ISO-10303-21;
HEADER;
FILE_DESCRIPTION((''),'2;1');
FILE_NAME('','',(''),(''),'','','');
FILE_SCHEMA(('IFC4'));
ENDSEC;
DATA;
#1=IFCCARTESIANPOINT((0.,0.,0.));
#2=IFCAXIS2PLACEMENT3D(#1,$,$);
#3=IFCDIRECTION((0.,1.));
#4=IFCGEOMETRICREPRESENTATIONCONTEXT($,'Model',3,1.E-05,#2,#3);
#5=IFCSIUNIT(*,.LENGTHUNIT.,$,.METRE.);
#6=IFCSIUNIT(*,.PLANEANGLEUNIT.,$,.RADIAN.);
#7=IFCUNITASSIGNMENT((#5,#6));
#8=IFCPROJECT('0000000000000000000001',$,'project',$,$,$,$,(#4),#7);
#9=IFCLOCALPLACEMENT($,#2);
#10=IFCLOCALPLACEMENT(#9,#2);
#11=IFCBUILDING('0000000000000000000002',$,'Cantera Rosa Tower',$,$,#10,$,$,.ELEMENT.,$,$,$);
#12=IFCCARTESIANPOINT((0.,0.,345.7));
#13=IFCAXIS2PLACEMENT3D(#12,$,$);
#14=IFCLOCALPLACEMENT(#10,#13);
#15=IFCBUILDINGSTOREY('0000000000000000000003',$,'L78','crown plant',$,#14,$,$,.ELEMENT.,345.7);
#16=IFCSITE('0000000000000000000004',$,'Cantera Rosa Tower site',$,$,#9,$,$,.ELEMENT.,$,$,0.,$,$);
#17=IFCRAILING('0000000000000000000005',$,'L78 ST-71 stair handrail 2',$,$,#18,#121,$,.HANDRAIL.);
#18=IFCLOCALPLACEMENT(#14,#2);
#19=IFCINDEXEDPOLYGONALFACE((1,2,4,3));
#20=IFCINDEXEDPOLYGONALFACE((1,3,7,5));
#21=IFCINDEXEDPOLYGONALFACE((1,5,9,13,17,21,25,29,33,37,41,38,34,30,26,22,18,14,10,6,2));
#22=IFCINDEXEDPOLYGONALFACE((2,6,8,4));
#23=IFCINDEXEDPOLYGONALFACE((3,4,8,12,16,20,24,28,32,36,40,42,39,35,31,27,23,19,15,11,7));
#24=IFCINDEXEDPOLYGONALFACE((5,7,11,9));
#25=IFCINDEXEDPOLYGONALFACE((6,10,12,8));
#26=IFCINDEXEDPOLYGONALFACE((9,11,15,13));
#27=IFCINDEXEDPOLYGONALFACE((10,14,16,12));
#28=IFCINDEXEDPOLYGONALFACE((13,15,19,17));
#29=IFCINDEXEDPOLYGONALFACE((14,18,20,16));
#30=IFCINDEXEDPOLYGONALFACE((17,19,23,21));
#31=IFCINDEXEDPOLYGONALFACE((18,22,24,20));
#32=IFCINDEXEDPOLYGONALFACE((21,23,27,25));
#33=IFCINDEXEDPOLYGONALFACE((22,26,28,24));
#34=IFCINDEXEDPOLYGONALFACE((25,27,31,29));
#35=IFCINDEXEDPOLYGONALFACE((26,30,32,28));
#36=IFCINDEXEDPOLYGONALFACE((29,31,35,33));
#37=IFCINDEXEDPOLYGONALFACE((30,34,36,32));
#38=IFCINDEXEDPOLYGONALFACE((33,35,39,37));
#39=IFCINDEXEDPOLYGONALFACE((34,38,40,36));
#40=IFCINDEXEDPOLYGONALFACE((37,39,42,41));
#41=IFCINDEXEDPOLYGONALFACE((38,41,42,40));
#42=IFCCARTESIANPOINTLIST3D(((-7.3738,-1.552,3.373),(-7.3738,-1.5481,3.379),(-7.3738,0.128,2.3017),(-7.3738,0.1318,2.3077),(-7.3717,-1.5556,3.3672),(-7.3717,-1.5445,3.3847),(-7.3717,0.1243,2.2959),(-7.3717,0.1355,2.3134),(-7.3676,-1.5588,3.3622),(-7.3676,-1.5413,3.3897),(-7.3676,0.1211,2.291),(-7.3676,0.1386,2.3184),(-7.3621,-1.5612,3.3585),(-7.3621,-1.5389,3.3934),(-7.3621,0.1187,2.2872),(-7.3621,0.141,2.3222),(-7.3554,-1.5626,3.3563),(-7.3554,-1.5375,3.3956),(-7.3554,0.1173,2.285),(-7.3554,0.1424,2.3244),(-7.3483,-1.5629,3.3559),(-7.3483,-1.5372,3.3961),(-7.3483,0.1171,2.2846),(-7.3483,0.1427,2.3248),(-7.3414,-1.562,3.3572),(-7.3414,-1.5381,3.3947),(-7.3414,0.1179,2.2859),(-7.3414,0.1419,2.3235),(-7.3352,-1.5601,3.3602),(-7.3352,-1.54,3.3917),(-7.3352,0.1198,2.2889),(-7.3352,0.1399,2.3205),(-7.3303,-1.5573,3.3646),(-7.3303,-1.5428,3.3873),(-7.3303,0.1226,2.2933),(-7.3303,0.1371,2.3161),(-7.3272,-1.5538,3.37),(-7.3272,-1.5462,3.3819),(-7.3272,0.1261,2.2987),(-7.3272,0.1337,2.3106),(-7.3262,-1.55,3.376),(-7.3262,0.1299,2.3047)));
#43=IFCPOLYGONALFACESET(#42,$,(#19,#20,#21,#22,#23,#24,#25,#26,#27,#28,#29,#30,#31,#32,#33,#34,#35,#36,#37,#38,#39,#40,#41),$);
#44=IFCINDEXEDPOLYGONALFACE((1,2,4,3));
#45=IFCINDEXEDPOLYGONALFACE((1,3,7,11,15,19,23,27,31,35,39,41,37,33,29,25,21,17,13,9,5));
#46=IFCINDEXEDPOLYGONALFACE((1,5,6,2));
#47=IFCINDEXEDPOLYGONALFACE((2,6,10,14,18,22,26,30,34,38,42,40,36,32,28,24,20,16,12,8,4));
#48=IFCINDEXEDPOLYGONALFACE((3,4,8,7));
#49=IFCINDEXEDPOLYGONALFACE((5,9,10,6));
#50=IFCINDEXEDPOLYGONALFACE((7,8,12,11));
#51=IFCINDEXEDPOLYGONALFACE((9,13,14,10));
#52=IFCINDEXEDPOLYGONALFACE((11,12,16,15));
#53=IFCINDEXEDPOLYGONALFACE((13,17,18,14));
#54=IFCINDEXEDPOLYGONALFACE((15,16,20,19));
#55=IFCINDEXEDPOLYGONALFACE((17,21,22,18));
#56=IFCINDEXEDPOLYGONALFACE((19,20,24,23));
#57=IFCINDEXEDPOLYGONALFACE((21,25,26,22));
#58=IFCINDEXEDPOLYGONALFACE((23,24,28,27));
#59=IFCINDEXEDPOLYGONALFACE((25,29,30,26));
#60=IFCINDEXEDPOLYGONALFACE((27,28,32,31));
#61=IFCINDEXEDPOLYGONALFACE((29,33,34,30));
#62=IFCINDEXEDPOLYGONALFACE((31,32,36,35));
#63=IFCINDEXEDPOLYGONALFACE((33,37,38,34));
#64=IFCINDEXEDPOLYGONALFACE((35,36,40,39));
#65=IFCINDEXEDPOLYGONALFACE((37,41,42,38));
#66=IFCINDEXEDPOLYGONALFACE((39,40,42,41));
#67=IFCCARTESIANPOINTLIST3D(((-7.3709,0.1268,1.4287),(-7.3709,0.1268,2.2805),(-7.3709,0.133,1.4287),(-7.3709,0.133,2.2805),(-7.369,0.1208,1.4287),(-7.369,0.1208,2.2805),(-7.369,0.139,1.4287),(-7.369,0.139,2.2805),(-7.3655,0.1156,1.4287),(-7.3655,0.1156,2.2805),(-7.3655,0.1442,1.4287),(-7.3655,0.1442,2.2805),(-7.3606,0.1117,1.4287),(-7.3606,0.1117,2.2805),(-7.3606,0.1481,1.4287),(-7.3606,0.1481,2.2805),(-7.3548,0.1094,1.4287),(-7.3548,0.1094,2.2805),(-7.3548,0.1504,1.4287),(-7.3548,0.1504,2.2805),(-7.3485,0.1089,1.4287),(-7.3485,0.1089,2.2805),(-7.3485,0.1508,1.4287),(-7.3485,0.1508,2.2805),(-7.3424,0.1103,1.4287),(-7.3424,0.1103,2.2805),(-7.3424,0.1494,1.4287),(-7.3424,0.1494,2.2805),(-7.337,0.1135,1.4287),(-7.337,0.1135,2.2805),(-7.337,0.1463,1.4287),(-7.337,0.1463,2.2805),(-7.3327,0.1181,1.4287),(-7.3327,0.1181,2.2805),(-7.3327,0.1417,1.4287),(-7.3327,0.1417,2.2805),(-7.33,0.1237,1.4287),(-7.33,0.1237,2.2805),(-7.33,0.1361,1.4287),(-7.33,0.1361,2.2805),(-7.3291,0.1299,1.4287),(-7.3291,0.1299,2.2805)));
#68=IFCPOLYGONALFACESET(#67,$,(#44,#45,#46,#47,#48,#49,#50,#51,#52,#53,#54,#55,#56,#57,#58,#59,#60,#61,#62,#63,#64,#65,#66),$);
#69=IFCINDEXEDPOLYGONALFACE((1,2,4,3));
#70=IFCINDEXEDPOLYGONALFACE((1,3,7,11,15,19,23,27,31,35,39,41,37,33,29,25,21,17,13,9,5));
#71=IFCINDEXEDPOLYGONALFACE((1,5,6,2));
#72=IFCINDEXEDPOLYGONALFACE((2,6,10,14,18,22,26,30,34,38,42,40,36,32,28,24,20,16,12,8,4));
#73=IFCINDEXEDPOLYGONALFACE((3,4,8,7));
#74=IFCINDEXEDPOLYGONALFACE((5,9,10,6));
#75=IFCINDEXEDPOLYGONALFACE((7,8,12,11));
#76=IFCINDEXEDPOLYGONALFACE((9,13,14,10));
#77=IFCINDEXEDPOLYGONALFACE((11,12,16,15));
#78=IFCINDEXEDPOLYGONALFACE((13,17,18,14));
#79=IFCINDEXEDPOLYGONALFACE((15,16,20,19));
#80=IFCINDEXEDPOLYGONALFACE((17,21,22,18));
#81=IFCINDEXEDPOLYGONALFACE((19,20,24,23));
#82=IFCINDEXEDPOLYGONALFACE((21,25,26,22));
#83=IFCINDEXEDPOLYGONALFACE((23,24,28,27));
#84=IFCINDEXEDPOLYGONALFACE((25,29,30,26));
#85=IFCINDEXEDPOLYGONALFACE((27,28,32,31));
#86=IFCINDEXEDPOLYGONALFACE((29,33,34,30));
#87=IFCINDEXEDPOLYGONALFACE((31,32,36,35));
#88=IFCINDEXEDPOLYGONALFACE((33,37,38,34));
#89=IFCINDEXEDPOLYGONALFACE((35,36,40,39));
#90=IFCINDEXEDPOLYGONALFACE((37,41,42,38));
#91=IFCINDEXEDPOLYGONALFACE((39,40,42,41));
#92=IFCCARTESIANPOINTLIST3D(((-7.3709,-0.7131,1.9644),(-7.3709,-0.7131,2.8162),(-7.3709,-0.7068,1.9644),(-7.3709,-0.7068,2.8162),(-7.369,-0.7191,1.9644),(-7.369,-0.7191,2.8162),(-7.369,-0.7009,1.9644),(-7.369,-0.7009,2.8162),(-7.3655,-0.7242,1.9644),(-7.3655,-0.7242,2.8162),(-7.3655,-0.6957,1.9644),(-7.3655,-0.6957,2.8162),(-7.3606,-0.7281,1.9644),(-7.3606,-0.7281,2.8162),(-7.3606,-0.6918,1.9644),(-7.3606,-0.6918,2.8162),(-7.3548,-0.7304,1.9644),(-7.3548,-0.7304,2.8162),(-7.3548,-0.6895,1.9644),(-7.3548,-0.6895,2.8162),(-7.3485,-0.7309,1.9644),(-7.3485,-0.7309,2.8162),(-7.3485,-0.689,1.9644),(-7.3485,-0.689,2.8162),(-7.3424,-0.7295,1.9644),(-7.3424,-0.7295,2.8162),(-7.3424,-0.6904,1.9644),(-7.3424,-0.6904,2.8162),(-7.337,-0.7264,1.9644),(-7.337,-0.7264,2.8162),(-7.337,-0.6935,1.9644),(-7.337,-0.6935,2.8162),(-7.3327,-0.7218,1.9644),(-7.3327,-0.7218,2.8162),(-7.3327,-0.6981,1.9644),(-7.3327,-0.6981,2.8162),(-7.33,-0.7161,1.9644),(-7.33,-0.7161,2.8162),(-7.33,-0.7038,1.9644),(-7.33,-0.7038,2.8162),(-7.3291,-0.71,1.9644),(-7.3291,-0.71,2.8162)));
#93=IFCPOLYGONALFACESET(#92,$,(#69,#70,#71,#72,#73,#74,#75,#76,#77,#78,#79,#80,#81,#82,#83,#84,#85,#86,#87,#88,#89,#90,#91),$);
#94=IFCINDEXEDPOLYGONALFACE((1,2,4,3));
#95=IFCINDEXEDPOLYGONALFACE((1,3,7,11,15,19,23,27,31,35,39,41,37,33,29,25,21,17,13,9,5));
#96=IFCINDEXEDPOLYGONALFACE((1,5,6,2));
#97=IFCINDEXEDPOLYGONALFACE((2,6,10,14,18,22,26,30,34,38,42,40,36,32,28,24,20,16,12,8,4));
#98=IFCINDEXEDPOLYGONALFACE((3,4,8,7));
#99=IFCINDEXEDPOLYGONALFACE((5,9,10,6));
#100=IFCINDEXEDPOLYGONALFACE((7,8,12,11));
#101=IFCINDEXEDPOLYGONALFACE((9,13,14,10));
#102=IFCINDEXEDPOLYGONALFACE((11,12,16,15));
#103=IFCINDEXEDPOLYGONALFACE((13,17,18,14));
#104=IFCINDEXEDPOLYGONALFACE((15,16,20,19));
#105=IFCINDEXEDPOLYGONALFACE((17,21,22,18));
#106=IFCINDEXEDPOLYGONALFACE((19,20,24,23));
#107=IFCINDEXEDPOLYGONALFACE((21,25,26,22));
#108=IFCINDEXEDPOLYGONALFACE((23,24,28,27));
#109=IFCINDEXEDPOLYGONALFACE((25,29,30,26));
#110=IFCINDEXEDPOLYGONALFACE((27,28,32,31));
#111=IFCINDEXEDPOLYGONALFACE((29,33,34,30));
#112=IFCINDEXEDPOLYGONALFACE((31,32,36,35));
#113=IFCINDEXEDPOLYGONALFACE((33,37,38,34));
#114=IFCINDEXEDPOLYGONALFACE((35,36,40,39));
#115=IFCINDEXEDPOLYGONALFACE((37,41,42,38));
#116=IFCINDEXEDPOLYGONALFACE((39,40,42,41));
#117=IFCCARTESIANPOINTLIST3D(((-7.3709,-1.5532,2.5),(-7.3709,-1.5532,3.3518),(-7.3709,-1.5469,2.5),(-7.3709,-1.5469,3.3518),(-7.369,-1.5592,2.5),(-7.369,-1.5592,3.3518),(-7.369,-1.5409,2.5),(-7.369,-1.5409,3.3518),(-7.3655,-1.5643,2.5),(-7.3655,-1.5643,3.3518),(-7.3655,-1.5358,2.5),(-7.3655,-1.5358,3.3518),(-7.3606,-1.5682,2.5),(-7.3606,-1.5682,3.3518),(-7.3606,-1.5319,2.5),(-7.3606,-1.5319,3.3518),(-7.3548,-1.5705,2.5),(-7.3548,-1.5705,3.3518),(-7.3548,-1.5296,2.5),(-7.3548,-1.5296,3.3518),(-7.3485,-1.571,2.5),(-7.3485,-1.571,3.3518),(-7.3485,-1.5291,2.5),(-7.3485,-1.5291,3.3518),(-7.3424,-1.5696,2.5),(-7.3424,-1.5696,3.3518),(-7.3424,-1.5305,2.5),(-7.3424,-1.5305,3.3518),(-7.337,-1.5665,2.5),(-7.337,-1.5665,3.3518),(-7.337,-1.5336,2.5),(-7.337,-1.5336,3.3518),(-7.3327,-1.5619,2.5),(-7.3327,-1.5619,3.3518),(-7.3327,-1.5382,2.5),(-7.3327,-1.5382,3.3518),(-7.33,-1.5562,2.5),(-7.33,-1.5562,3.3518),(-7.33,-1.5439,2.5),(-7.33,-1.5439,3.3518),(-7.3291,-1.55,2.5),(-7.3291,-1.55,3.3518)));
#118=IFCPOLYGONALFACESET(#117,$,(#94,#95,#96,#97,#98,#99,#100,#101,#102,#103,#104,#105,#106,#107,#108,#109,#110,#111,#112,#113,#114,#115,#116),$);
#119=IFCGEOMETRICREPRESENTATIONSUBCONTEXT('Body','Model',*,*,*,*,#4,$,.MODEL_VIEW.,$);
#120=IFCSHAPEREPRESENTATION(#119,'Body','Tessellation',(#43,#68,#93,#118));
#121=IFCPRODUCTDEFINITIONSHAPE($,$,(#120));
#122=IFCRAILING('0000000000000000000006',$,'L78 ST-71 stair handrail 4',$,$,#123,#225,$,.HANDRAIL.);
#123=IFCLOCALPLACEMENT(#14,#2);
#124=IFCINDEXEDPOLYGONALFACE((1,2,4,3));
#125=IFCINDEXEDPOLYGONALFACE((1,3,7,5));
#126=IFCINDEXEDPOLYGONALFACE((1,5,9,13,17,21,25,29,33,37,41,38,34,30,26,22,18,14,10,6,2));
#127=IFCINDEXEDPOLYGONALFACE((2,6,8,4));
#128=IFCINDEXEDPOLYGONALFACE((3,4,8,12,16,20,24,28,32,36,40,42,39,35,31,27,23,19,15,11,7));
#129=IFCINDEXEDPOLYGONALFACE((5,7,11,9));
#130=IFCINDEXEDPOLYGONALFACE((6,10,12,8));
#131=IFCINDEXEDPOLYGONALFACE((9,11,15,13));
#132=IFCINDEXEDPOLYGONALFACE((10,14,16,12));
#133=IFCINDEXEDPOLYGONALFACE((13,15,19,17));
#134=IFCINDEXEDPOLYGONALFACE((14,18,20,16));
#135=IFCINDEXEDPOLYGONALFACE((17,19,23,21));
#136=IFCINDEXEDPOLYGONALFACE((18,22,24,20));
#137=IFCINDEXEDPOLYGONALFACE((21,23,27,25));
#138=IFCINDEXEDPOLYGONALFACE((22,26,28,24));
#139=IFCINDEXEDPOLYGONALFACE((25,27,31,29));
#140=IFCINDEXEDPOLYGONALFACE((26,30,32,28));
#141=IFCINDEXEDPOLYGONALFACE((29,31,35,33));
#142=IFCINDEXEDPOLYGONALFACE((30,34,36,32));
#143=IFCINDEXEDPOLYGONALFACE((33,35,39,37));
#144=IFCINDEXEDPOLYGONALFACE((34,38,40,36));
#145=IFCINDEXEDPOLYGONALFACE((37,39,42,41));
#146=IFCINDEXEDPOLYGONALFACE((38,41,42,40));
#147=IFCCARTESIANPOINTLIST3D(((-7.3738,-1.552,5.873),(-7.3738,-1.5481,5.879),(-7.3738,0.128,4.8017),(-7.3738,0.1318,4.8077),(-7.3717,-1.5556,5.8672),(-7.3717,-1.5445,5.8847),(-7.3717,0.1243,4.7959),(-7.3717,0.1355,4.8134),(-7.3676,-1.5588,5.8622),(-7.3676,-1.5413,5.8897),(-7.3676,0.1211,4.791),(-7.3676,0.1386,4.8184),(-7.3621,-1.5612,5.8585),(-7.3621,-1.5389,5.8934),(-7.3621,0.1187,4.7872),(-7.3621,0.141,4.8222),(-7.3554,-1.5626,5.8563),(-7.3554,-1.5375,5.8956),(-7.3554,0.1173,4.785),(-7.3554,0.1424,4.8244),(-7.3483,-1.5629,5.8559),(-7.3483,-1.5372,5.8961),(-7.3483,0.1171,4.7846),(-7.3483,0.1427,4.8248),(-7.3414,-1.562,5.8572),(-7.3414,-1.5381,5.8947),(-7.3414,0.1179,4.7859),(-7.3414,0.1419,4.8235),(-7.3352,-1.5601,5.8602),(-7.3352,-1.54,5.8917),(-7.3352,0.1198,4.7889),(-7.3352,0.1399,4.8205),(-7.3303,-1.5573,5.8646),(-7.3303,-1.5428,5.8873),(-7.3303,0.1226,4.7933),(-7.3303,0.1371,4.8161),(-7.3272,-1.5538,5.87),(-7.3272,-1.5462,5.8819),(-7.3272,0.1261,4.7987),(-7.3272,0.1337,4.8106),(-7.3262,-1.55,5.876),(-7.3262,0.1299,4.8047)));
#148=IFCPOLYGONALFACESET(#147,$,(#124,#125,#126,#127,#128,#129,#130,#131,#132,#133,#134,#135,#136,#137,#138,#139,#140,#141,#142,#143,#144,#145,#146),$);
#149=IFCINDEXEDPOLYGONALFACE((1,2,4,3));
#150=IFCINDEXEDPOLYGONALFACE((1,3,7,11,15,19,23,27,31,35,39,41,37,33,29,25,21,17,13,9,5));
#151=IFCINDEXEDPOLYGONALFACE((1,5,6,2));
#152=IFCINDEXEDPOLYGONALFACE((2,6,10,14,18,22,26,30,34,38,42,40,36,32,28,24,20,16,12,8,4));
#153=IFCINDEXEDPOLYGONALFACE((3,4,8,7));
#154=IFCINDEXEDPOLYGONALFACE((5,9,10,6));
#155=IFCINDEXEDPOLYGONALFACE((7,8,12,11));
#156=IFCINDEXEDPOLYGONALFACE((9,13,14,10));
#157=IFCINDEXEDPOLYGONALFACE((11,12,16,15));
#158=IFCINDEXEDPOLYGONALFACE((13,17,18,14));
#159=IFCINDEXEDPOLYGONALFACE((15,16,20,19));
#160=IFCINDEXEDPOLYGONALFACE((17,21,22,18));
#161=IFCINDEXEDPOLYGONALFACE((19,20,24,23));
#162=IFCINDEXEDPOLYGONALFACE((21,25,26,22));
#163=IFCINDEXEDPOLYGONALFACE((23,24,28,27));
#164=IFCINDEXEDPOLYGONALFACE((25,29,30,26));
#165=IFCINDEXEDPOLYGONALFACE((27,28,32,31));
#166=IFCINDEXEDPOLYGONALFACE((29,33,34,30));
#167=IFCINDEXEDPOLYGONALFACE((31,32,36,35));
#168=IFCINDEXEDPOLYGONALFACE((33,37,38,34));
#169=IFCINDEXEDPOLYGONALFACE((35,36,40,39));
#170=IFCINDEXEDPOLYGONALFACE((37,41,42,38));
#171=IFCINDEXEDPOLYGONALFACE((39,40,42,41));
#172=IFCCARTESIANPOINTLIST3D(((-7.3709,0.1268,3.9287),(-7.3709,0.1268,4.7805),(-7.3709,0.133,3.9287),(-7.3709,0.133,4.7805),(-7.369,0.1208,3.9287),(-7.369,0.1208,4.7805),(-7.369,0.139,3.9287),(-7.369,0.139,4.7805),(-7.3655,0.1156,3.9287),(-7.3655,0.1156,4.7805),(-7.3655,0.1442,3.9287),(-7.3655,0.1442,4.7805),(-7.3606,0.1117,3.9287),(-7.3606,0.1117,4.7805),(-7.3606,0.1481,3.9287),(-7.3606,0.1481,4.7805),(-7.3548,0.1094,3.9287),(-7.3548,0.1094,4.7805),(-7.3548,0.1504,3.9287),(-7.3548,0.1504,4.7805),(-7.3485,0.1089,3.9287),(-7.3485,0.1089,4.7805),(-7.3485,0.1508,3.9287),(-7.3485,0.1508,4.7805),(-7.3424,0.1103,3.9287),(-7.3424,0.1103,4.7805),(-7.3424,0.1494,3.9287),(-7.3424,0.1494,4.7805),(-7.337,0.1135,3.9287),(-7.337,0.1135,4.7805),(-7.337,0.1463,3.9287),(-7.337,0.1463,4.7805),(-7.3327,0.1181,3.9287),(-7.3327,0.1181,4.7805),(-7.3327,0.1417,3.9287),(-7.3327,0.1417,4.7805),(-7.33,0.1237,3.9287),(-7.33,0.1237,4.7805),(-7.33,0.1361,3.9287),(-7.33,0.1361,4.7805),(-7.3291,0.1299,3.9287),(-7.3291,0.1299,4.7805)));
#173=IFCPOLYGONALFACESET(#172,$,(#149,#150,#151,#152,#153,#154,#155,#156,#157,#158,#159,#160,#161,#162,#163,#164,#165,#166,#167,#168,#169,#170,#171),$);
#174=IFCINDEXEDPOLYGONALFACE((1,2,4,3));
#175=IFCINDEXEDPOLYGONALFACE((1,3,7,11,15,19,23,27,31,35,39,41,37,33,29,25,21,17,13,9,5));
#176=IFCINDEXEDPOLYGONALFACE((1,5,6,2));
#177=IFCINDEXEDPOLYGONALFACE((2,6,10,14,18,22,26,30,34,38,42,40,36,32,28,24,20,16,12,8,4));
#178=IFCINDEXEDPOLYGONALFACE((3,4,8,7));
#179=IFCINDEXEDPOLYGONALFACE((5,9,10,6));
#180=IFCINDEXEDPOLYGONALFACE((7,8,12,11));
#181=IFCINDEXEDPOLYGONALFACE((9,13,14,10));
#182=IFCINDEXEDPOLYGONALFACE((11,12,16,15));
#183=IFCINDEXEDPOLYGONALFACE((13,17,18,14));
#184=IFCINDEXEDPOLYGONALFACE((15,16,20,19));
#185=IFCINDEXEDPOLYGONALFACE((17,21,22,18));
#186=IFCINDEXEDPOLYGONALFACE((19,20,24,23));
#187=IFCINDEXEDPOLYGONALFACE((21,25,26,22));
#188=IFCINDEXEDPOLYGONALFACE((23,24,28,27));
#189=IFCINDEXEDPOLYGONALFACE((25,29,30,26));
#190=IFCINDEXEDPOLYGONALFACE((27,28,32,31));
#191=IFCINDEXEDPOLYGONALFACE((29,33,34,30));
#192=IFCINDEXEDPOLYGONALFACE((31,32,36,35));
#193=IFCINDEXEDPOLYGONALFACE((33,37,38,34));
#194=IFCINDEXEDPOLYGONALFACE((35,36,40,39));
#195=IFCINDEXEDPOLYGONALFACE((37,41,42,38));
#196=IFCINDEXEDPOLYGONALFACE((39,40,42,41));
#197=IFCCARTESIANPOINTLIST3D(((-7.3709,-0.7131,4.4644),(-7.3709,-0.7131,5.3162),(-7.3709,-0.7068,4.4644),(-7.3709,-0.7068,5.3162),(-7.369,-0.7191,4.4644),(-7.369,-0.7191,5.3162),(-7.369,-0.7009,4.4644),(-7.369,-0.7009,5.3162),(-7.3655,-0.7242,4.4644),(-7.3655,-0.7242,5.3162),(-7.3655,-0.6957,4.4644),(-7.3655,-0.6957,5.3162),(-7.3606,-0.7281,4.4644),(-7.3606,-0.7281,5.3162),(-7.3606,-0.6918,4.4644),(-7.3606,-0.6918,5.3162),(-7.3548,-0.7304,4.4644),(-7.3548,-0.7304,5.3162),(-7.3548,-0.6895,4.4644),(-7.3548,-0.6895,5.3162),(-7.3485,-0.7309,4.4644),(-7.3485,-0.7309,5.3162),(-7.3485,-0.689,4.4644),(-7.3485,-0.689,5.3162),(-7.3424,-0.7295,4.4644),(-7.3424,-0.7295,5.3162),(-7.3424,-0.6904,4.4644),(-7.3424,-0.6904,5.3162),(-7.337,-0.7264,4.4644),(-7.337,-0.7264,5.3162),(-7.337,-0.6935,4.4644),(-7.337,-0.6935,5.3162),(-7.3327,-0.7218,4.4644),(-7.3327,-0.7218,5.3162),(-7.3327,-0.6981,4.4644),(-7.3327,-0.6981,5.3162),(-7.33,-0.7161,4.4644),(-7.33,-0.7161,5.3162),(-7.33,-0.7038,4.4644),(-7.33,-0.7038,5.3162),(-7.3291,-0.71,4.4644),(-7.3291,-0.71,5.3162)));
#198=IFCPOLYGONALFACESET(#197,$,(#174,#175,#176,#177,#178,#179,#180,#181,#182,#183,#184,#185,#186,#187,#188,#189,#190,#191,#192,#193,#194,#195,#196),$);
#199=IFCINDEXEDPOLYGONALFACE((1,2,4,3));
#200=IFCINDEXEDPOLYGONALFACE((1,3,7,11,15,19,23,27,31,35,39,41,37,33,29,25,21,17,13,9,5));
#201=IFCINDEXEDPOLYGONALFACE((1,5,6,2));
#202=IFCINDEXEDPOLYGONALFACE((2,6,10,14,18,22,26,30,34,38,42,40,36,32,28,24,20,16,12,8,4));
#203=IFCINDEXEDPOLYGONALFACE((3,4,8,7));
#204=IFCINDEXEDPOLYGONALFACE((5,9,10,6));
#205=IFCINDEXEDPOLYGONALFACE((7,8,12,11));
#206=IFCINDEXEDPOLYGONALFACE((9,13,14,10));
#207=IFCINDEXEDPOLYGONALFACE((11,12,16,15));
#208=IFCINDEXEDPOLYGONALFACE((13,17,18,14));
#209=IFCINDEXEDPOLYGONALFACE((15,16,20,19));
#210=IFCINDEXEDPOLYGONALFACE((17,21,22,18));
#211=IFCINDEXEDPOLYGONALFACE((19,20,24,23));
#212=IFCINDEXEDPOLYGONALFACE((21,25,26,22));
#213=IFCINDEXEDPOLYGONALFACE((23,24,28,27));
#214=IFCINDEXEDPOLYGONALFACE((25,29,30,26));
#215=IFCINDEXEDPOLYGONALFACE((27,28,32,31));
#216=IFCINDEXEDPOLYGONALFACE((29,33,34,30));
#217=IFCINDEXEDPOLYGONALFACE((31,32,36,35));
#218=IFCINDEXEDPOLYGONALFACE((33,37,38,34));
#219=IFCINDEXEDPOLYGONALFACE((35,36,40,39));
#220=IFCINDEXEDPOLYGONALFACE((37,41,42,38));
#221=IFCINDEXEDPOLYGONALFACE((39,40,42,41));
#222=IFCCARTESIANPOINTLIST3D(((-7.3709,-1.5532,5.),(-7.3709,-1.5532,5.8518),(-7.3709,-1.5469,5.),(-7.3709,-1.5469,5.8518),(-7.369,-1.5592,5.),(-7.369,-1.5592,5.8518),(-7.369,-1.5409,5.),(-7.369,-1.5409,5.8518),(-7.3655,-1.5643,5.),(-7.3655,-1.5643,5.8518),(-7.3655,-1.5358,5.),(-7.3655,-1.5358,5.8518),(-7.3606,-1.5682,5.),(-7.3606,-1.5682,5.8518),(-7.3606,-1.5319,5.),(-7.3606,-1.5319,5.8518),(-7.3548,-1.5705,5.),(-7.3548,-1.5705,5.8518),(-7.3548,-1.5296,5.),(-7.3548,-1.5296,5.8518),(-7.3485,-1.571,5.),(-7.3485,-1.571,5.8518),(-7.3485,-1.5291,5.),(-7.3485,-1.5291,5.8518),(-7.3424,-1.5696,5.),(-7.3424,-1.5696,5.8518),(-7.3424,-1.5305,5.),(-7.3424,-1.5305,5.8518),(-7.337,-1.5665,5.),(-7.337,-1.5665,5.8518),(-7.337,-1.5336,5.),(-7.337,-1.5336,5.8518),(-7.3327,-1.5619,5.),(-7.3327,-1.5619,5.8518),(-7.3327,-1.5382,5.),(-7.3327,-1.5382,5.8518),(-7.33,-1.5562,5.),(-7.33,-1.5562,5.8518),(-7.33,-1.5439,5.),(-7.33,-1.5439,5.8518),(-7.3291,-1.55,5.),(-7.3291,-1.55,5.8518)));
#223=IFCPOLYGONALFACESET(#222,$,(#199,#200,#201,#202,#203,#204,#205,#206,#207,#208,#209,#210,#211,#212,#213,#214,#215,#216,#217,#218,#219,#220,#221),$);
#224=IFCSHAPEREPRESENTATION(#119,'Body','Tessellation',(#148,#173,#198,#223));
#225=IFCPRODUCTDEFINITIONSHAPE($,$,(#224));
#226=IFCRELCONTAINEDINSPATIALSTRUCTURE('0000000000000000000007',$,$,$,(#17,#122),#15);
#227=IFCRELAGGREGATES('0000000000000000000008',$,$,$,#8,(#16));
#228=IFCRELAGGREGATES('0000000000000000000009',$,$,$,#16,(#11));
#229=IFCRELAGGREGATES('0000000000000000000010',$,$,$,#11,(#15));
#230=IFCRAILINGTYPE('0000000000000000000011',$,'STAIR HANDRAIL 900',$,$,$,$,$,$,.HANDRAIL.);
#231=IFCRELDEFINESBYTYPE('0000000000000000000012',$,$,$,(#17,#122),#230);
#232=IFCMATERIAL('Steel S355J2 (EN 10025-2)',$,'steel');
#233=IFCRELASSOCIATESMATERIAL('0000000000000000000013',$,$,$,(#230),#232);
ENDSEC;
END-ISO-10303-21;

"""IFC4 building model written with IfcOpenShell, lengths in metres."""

from ifc_helpers import new_model, si_unit, direction, frame, origin, origin_2d, place, context, subcontext, project, spatial, circle, extrude, material, type_object, element, save


model = new_model("IFC4")

# Units and contexts
model_context = context("Model", 3, precision=1e-05, world=origin(), true_north=direction((0.0, 1.0)))
body_context = subcontext(model_context, "Body", "Model", "MODEL_VIEW")
ifc_project = project(units=[si_unit("LENGTHUNIT", "METRE"), si_unit("PLANEANGLEUNIT", "RADIAN")], contexts=[model_context])

# Site, building, storey
site_placement = place(None, origin())
site = spatial("IfcSite", under=ifc_project, at=site_placement, Name="Cantera Rosa Tower site", CompositionType="ELEMENT", RefElevation=0.0)
building_placement = place(site_placement, origin())
building = spatial("IfcBuilding", under=site, at=building_placement, Name="Cantera Rosa Tower", CompositionType="ELEMENT")
storey_placement = place(building_placement, frame((0.0, 0.0, 345.7)))
storey = spatial("IfcBuildingStorey", under=building, at=storey_placement, Name="L78", Description="crown plant", CompositionType="ELEMENT", Elevation=345.7)

# Railings
ifc_material_1 = material(Name="Steel S355J2 (EN 10025-2)", Category="steel")
railing_type_1 = type_object("IfcRailingType", Name="STAIR HANDRAIL 900", PredefinedType="HANDRAIL", material=ifc_material_1)
for number, where, name in (
    (1, (-7.3501, 0.1299, 1.4287), "L78 ST-71 stair handrail 2"),
    (2, (-7.3501, 0.1299, 3.9287), "L78 ST-71 stair handrail 4"),
):
    element("IfcRailing", number, at=place(storey_placement, frame(where)), inside=storey, type_object=railing_type_1, Name=name, PredefinedType="HANDRAIL", context=body_context, shape_type="SweptSolid", body=[
        extrude(circle(Radius=0.0239, at=origin_2d()), frame((0.0, 0.0, 0.876), z_axis=(0.0, -0.843152, 0.537676), x_axis=(1.0, 0.0, 0.0)), (0.0, 0.0, 1.0), 1.9924),
        extrude(circle(Radius=0.021, at=origin_2d()), origin(), (0.0, 0.0, 1.0), 0.8518),
        extrude(circle(Radius=0.021, at=origin_2d()), frame((0.0, -0.8398, 0.5356)), (0.0, 0.0, 1.0), 0.8518),
        extrude(circle(Radius=0.021, at=origin_2d()), frame((0.0, -1.6799, 1.0713)), (0.0, 0.0, 1.0), 0.8518),
    ])

save(model, "model.ifc")
